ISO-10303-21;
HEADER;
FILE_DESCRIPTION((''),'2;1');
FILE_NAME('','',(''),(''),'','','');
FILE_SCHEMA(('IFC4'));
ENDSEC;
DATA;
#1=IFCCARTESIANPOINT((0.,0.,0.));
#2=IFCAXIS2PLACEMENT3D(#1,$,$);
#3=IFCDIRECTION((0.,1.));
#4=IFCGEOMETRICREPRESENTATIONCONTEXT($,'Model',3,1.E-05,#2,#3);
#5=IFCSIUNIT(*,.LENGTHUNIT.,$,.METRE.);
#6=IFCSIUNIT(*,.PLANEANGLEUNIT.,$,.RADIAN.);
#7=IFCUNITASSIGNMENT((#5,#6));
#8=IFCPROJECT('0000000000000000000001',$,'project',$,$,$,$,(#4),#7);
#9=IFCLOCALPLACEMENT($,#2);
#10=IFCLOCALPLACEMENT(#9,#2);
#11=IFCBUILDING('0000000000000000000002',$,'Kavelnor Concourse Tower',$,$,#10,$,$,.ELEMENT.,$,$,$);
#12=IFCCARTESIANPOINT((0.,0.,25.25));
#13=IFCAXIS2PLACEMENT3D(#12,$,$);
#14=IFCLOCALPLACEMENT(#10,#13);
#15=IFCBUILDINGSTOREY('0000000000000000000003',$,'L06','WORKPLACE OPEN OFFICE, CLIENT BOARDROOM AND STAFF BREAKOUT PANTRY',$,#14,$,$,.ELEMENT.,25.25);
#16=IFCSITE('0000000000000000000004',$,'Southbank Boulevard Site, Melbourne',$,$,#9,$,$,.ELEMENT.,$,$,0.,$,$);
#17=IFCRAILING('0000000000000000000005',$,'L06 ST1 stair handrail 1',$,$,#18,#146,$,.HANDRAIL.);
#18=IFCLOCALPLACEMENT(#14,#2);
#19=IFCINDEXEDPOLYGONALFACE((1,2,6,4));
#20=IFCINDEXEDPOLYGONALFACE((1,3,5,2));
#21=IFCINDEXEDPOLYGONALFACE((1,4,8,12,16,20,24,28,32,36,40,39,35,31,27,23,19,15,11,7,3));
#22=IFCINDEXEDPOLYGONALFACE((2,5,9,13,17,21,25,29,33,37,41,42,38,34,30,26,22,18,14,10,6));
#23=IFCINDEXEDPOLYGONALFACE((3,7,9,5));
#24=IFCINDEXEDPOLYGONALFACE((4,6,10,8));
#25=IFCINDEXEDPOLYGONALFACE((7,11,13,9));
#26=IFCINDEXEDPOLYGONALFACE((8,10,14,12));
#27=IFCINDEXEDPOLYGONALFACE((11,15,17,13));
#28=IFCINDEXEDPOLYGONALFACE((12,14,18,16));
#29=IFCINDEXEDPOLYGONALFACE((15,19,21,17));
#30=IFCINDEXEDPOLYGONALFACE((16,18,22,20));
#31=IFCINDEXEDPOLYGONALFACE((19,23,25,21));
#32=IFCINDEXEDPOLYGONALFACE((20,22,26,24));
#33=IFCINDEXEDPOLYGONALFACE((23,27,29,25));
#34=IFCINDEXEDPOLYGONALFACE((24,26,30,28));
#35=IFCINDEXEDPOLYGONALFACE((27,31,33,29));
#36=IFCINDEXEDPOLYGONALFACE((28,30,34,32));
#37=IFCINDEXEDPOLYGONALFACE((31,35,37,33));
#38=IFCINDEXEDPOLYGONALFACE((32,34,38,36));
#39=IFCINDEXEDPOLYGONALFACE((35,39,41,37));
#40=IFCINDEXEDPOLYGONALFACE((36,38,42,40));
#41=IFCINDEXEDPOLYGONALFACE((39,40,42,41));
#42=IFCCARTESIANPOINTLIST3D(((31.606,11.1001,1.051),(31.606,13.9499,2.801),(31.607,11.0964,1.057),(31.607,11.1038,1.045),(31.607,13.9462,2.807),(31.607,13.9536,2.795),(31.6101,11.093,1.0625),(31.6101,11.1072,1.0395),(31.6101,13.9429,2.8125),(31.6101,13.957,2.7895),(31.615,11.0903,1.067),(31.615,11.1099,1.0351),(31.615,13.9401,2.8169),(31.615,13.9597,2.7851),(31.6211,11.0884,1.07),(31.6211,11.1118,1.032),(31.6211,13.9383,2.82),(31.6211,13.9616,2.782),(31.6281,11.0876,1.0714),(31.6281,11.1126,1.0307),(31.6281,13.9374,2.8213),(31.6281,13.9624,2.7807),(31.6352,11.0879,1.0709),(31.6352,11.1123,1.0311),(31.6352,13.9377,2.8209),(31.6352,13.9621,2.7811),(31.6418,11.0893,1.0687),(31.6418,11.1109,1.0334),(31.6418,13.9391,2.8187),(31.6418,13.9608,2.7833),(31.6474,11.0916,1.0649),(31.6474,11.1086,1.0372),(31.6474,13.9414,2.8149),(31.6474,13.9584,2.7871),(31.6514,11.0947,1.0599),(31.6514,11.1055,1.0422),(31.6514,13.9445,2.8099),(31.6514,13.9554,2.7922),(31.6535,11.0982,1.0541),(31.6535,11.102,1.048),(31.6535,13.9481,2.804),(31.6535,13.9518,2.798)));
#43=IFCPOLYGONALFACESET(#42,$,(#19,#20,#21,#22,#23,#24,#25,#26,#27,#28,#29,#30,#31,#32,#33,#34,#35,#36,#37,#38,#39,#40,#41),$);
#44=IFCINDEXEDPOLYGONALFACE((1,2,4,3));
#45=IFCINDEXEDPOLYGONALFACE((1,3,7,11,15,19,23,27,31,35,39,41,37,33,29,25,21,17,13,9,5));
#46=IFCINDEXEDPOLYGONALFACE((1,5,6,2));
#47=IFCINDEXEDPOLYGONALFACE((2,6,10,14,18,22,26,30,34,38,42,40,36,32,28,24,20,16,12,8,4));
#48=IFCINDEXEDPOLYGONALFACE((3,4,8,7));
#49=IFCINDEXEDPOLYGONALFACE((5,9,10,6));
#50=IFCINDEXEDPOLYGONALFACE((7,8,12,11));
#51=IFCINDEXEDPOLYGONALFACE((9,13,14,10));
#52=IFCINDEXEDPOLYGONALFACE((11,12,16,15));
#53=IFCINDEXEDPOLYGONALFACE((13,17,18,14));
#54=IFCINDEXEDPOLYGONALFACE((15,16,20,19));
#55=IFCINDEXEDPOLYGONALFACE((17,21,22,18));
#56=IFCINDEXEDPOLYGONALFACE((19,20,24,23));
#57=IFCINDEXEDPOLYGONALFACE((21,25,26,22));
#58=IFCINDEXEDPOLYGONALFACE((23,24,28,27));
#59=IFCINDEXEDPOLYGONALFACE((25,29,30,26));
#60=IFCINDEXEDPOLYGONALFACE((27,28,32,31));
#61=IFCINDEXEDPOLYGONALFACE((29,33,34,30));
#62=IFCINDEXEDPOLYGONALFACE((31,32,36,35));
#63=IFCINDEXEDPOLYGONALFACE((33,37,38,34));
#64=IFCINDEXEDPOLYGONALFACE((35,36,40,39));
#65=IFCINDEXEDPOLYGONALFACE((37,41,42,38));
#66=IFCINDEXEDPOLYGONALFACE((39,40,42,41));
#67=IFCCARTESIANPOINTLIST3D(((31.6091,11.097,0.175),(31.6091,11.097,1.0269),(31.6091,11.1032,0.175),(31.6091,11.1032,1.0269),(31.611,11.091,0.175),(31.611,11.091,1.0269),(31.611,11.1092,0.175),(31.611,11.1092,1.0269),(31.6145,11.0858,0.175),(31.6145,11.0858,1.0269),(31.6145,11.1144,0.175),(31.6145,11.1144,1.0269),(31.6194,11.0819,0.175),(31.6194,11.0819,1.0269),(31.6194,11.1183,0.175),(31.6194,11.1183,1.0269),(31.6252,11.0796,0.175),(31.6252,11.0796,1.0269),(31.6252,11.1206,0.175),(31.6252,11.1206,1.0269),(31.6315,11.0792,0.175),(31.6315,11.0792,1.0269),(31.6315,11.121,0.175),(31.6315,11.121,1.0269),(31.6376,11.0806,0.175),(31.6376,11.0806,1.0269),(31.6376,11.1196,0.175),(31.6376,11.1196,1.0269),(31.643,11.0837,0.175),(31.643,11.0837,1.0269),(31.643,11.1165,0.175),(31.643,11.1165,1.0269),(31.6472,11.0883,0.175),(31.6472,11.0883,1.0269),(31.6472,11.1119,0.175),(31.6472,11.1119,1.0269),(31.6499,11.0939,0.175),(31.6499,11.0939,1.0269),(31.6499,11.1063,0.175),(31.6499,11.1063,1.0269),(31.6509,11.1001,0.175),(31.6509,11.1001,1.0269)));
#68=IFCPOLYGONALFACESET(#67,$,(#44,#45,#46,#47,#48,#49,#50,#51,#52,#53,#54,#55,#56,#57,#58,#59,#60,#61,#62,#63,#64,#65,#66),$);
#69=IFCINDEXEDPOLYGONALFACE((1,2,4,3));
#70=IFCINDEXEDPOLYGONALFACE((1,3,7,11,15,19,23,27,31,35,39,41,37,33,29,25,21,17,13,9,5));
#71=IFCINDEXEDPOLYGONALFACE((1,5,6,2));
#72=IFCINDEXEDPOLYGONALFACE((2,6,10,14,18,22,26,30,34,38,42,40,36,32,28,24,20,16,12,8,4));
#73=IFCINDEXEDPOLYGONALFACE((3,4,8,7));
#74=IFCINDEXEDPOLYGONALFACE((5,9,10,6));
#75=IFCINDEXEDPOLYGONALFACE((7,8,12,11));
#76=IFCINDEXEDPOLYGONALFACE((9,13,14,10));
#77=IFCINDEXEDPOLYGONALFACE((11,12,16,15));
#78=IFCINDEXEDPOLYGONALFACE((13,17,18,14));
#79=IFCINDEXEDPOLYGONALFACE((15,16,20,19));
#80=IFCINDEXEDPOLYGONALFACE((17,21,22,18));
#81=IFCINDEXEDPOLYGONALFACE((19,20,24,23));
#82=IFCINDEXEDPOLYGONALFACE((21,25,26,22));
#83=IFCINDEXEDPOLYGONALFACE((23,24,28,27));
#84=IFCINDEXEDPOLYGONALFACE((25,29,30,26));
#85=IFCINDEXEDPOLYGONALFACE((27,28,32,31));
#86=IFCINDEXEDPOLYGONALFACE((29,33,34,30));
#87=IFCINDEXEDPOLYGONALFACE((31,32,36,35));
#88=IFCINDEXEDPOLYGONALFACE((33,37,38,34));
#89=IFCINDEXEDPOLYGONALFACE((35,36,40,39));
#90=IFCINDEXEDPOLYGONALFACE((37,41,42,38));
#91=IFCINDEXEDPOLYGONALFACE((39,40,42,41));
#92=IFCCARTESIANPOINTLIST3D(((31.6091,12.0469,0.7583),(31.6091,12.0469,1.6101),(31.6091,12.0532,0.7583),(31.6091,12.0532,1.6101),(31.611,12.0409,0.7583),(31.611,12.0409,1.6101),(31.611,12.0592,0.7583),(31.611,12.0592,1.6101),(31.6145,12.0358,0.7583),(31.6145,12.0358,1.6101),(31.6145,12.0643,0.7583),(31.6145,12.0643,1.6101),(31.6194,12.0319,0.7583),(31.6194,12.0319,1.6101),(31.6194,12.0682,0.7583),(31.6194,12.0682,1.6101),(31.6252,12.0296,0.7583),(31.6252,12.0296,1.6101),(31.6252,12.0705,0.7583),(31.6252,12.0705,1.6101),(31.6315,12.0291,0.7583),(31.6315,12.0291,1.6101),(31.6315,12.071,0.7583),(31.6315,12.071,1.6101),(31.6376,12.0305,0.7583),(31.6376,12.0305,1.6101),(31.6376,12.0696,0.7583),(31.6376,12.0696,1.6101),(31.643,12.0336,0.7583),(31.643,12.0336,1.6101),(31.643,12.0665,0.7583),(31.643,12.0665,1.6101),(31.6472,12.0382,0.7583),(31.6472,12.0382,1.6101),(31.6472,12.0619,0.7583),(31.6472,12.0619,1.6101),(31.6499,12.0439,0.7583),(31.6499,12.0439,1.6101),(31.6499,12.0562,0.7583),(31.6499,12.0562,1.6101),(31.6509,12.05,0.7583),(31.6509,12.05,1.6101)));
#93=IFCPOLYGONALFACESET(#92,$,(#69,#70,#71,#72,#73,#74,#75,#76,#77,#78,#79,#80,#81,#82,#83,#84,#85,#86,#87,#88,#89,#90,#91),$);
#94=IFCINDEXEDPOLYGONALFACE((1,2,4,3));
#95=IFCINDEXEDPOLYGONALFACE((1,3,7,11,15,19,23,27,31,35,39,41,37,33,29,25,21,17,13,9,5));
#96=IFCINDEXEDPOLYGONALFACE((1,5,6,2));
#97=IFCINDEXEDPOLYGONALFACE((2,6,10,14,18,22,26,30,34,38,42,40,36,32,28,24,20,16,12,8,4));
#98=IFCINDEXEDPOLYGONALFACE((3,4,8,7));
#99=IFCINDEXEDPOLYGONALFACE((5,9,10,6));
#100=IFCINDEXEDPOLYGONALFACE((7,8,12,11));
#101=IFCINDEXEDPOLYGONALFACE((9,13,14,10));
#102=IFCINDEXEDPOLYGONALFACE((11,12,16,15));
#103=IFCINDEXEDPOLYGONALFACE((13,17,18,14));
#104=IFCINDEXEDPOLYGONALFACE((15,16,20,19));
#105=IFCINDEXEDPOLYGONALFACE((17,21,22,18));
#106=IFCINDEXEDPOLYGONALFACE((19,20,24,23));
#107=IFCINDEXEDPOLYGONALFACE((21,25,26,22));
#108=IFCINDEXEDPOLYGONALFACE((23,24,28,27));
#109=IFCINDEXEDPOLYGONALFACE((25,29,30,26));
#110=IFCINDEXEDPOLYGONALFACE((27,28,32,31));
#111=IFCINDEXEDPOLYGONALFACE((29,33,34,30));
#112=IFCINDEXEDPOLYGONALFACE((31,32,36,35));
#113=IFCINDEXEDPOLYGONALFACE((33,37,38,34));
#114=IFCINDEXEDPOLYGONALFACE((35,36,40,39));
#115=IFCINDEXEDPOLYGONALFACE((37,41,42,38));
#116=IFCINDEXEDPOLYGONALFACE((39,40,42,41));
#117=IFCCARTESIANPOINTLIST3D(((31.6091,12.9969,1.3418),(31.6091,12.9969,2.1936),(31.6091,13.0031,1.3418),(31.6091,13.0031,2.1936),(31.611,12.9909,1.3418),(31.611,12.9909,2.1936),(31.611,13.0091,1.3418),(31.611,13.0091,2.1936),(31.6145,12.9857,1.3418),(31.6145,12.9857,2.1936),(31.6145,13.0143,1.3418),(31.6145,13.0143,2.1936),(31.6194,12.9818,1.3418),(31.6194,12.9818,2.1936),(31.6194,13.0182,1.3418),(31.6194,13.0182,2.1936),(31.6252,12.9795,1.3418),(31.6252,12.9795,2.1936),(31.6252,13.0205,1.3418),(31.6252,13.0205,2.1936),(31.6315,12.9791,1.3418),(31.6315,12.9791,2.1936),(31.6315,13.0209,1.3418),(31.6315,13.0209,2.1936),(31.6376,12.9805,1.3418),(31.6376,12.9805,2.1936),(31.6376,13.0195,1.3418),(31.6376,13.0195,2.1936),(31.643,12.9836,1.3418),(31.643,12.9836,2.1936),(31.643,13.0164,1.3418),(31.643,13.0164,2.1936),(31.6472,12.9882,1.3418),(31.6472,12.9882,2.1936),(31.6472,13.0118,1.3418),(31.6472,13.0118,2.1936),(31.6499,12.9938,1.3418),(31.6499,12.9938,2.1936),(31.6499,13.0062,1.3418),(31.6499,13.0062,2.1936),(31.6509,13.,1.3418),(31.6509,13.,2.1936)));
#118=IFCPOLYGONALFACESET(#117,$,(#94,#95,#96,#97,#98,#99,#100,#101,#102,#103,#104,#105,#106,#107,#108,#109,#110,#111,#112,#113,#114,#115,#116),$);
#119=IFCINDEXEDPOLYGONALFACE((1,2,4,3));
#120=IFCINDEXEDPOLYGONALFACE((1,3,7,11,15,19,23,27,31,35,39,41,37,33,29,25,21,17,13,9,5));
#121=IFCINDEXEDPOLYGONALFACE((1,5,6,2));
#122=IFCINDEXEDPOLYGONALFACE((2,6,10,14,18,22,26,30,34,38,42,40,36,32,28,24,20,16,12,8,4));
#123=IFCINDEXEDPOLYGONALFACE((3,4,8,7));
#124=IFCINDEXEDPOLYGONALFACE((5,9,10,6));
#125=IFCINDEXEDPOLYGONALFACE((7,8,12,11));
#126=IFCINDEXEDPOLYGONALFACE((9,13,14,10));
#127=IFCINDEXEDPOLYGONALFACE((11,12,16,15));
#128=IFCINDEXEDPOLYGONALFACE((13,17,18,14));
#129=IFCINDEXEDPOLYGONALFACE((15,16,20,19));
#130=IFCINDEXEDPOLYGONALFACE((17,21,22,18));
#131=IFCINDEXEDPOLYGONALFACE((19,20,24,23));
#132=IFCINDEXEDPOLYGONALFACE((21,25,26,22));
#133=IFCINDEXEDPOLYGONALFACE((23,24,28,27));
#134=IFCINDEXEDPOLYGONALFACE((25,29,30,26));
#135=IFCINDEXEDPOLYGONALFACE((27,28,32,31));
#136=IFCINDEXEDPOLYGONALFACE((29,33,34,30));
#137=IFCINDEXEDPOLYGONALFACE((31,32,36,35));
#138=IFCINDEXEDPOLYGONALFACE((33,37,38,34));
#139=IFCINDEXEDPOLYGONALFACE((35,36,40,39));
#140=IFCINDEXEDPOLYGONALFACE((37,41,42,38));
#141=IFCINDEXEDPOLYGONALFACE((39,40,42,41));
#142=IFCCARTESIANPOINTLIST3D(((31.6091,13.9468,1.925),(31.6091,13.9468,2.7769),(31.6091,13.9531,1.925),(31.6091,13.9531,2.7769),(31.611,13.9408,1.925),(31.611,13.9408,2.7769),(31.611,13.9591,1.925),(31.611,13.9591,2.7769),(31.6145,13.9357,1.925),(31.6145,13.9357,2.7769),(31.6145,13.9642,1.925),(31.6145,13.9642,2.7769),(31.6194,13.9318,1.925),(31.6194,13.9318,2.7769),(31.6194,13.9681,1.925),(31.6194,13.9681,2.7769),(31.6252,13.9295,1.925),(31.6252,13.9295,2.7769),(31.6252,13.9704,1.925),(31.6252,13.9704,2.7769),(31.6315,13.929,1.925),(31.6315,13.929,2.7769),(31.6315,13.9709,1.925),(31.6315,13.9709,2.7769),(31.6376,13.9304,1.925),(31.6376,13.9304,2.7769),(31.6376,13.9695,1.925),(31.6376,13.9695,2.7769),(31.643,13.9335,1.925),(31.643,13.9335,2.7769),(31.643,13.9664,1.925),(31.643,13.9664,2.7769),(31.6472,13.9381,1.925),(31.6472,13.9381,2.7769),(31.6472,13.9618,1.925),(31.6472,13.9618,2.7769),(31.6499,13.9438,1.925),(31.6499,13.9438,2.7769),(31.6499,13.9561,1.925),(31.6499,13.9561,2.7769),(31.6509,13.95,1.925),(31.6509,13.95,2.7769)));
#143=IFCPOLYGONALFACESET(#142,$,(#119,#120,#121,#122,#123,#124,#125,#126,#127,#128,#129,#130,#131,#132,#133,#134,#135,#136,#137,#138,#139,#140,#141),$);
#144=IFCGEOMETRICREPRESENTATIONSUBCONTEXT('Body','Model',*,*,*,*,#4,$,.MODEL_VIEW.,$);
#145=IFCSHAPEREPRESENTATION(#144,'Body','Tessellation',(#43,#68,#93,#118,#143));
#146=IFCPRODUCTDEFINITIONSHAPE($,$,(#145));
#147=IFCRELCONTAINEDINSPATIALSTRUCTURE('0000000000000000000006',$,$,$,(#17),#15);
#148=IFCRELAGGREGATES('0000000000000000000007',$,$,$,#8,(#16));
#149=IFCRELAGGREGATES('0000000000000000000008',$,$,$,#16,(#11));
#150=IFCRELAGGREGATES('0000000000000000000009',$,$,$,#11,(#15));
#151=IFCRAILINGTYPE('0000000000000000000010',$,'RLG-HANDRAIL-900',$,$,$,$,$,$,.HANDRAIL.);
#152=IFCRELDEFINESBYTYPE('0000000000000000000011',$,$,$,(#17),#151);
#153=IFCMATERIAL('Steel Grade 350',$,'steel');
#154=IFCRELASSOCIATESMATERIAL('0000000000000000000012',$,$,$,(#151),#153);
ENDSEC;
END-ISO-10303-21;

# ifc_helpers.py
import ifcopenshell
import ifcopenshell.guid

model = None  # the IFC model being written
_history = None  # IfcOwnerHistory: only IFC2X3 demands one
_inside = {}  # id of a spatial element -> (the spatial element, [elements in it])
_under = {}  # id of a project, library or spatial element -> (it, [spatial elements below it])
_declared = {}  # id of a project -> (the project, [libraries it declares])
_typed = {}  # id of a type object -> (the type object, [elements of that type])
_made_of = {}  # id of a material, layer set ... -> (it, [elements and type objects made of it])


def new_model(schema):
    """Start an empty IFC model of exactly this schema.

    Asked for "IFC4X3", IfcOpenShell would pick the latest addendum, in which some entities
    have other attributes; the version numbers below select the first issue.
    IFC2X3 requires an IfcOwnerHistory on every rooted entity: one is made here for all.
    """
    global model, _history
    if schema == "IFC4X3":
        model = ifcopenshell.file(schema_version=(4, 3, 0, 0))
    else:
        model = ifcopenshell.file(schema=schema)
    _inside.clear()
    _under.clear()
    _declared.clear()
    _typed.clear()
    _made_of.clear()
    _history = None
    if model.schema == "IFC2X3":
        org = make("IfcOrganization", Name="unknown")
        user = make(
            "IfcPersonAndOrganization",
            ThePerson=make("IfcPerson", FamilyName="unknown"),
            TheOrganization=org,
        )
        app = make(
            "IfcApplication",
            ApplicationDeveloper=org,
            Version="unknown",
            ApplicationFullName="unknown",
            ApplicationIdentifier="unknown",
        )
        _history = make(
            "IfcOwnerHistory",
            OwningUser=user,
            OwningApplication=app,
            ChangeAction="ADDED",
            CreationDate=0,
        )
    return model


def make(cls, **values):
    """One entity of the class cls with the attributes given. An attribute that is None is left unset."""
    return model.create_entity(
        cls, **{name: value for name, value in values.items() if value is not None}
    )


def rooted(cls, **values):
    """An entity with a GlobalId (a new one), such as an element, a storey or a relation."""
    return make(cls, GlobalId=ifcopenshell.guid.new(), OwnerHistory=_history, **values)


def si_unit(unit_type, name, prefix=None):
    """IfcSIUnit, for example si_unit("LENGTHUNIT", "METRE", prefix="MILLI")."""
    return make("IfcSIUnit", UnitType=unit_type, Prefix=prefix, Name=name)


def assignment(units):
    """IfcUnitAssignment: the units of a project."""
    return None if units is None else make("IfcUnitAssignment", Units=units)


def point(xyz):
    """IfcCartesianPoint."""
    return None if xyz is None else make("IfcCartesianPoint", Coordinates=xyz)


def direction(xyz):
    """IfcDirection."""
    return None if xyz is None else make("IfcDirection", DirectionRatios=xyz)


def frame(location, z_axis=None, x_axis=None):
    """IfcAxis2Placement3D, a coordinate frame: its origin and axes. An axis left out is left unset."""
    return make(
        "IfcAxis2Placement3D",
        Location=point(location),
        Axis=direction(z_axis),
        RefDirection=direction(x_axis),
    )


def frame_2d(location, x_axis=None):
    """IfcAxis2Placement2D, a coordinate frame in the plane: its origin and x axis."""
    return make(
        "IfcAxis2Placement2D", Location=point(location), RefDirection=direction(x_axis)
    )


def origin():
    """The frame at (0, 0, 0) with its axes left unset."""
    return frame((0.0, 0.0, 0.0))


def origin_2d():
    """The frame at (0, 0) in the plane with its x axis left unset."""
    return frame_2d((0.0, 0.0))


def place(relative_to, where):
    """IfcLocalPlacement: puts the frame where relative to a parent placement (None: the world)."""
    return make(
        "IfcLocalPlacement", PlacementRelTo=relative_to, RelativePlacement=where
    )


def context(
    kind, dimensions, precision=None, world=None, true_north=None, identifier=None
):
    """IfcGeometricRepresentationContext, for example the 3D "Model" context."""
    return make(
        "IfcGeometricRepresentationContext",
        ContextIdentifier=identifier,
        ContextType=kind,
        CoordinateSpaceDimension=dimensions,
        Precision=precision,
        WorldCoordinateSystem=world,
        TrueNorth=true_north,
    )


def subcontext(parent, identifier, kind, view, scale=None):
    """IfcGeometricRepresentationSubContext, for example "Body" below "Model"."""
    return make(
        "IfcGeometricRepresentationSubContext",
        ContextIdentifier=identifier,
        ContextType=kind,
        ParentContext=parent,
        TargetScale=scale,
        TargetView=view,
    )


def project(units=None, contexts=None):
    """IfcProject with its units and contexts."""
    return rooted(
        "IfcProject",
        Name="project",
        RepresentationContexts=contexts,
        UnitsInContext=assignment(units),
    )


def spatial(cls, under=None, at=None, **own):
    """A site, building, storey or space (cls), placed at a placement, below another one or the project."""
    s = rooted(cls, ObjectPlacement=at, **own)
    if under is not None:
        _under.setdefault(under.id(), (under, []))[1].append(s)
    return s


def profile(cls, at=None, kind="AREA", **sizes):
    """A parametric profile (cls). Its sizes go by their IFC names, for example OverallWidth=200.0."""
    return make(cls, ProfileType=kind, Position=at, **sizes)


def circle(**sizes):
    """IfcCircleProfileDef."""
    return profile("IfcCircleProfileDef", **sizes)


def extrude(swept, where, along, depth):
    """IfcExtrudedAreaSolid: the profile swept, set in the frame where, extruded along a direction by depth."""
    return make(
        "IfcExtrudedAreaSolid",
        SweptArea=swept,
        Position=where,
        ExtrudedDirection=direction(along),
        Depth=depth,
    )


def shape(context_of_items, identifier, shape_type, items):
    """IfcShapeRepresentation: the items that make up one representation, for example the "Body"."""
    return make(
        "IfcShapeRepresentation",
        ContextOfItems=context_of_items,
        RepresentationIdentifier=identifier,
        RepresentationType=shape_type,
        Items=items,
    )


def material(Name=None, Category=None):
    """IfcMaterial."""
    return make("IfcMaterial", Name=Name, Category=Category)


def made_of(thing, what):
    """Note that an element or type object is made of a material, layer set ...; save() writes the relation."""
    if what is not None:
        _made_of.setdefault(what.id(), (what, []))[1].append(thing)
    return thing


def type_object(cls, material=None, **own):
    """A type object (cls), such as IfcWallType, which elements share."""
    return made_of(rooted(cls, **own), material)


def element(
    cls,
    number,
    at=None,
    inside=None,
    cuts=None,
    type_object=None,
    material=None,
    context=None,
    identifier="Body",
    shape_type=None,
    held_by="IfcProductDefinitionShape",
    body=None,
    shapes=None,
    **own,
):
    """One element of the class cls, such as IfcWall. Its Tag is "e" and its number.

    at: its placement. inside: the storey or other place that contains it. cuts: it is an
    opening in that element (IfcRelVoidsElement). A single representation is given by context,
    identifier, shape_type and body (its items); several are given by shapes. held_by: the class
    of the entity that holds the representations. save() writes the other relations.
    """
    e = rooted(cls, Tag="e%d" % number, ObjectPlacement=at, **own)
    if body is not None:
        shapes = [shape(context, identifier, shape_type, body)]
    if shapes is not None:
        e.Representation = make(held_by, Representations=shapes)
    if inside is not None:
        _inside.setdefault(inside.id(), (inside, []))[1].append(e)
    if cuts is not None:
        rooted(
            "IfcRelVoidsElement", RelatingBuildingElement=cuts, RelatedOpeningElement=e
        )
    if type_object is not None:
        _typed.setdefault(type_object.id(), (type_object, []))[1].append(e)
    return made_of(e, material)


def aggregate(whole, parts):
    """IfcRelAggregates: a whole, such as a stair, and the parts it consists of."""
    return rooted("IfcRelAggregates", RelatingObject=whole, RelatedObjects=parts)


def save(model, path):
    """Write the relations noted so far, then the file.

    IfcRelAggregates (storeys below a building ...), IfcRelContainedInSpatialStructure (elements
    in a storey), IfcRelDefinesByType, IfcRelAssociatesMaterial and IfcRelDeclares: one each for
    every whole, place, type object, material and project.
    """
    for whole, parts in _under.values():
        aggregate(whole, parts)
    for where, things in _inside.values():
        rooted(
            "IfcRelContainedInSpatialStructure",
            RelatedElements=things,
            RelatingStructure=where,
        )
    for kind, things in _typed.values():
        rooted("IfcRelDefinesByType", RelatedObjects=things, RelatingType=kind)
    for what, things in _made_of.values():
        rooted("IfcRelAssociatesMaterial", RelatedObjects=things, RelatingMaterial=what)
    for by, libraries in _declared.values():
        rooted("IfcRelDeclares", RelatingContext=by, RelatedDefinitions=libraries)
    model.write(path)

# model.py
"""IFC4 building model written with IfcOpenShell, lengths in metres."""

from ifc_helpers import new_model, si_unit, direction, frame, origin, origin_2d, place, context, subcontext, project, spatial, circle, extrude, material, type_object, element, save


model = new_model("IFC4")

# Units and contexts
model_context = context("Model", 3, precision=1e-05, world=origin(), true_north=direction((0.0, 1.0)))
body_context = subcontext(model_context, "Body", "Model", "MODEL_VIEW")
ifc_project = project(units=[si_unit("LENGTHUNIT", "METRE"), si_unit("PLANEANGLEUNIT", "RADIAN")], contexts=[model_context])

# Site, building, storey
site_placement = place(None, origin())
site = spatial("IfcSite", under=ifc_project, at=site_placement, Name="Southbank Boulevard Site, Melbourne", CompositionType="ELEMENT", RefElevation=0.0)
building_placement = place(site_placement, origin())
building = spatial("IfcBuilding", under=site, at=building_placement, Name="Kavelnor Concourse Tower", CompositionType="ELEMENT")
storey_placement = place(building_placement, frame((0.0, 0.0, 25.25)))
storey = spatial("IfcBuildingStorey", under=building, at=storey_placement, Name="L06", Description="WORKPLACE OPEN OFFICE, CLIENT BOARDROOM AND STAFF BREAKOUT PANTRY", CompositionType="ELEMENT", Elevation=25.25)

# Shared definitions
ifc_material_1 = material(Name="Steel Grade 350", Category="steel")

# Railing
railing_type_1 = type_object("IfcRailingType", Name="RLG-HANDRAIL-900", PredefinedType="HANDRAIL", material=ifc_material_1)
railing_1_placement = place(storey_placement, frame((31.6299, 11.1001, 0.175)))
element("IfcRailing", 1, at=railing_1_placement, inside=storey, type_object=railing_type_1, Name="L06 ST1 stair handrail 1", PredefinedType="HANDRAIL", context=body_context, shape_type="SweptSolid", body=[
    extrude(circle(Radius=0.0239, at=origin_2d()), frame((0.0, 0.0, 0.876), z_axis=(0.0, 0.852159, 0.523283), x_axis=(-1.0, 0.0, 0.0)), (0.0, 0.0, 1.0), 3.3442),
    extrude(circle(Radius=0.021, at=origin_2d()), origin(), (0.0, 0.0, 1.0), 0.8518),
    extrude(circle(Radius=0.021, at=origin_2d()), frame((0.0, 0.95, 0.5833)), (0.0, 0.0, 1.0), 0.8518),
    extrude(circle(Radius=0.021, at=origin_2d()), frame((0.0, 1.8999, 1.1667)), (0.0, 0.0, 1.0), 0.8518),
    extrude(circle(Radius=0.021, at=origin_2d()), frame((0.0, 2.8499, 1.75)), (0.0, 0.0, 1.0), 0.8518),
])

save(model, "model.ifc")
